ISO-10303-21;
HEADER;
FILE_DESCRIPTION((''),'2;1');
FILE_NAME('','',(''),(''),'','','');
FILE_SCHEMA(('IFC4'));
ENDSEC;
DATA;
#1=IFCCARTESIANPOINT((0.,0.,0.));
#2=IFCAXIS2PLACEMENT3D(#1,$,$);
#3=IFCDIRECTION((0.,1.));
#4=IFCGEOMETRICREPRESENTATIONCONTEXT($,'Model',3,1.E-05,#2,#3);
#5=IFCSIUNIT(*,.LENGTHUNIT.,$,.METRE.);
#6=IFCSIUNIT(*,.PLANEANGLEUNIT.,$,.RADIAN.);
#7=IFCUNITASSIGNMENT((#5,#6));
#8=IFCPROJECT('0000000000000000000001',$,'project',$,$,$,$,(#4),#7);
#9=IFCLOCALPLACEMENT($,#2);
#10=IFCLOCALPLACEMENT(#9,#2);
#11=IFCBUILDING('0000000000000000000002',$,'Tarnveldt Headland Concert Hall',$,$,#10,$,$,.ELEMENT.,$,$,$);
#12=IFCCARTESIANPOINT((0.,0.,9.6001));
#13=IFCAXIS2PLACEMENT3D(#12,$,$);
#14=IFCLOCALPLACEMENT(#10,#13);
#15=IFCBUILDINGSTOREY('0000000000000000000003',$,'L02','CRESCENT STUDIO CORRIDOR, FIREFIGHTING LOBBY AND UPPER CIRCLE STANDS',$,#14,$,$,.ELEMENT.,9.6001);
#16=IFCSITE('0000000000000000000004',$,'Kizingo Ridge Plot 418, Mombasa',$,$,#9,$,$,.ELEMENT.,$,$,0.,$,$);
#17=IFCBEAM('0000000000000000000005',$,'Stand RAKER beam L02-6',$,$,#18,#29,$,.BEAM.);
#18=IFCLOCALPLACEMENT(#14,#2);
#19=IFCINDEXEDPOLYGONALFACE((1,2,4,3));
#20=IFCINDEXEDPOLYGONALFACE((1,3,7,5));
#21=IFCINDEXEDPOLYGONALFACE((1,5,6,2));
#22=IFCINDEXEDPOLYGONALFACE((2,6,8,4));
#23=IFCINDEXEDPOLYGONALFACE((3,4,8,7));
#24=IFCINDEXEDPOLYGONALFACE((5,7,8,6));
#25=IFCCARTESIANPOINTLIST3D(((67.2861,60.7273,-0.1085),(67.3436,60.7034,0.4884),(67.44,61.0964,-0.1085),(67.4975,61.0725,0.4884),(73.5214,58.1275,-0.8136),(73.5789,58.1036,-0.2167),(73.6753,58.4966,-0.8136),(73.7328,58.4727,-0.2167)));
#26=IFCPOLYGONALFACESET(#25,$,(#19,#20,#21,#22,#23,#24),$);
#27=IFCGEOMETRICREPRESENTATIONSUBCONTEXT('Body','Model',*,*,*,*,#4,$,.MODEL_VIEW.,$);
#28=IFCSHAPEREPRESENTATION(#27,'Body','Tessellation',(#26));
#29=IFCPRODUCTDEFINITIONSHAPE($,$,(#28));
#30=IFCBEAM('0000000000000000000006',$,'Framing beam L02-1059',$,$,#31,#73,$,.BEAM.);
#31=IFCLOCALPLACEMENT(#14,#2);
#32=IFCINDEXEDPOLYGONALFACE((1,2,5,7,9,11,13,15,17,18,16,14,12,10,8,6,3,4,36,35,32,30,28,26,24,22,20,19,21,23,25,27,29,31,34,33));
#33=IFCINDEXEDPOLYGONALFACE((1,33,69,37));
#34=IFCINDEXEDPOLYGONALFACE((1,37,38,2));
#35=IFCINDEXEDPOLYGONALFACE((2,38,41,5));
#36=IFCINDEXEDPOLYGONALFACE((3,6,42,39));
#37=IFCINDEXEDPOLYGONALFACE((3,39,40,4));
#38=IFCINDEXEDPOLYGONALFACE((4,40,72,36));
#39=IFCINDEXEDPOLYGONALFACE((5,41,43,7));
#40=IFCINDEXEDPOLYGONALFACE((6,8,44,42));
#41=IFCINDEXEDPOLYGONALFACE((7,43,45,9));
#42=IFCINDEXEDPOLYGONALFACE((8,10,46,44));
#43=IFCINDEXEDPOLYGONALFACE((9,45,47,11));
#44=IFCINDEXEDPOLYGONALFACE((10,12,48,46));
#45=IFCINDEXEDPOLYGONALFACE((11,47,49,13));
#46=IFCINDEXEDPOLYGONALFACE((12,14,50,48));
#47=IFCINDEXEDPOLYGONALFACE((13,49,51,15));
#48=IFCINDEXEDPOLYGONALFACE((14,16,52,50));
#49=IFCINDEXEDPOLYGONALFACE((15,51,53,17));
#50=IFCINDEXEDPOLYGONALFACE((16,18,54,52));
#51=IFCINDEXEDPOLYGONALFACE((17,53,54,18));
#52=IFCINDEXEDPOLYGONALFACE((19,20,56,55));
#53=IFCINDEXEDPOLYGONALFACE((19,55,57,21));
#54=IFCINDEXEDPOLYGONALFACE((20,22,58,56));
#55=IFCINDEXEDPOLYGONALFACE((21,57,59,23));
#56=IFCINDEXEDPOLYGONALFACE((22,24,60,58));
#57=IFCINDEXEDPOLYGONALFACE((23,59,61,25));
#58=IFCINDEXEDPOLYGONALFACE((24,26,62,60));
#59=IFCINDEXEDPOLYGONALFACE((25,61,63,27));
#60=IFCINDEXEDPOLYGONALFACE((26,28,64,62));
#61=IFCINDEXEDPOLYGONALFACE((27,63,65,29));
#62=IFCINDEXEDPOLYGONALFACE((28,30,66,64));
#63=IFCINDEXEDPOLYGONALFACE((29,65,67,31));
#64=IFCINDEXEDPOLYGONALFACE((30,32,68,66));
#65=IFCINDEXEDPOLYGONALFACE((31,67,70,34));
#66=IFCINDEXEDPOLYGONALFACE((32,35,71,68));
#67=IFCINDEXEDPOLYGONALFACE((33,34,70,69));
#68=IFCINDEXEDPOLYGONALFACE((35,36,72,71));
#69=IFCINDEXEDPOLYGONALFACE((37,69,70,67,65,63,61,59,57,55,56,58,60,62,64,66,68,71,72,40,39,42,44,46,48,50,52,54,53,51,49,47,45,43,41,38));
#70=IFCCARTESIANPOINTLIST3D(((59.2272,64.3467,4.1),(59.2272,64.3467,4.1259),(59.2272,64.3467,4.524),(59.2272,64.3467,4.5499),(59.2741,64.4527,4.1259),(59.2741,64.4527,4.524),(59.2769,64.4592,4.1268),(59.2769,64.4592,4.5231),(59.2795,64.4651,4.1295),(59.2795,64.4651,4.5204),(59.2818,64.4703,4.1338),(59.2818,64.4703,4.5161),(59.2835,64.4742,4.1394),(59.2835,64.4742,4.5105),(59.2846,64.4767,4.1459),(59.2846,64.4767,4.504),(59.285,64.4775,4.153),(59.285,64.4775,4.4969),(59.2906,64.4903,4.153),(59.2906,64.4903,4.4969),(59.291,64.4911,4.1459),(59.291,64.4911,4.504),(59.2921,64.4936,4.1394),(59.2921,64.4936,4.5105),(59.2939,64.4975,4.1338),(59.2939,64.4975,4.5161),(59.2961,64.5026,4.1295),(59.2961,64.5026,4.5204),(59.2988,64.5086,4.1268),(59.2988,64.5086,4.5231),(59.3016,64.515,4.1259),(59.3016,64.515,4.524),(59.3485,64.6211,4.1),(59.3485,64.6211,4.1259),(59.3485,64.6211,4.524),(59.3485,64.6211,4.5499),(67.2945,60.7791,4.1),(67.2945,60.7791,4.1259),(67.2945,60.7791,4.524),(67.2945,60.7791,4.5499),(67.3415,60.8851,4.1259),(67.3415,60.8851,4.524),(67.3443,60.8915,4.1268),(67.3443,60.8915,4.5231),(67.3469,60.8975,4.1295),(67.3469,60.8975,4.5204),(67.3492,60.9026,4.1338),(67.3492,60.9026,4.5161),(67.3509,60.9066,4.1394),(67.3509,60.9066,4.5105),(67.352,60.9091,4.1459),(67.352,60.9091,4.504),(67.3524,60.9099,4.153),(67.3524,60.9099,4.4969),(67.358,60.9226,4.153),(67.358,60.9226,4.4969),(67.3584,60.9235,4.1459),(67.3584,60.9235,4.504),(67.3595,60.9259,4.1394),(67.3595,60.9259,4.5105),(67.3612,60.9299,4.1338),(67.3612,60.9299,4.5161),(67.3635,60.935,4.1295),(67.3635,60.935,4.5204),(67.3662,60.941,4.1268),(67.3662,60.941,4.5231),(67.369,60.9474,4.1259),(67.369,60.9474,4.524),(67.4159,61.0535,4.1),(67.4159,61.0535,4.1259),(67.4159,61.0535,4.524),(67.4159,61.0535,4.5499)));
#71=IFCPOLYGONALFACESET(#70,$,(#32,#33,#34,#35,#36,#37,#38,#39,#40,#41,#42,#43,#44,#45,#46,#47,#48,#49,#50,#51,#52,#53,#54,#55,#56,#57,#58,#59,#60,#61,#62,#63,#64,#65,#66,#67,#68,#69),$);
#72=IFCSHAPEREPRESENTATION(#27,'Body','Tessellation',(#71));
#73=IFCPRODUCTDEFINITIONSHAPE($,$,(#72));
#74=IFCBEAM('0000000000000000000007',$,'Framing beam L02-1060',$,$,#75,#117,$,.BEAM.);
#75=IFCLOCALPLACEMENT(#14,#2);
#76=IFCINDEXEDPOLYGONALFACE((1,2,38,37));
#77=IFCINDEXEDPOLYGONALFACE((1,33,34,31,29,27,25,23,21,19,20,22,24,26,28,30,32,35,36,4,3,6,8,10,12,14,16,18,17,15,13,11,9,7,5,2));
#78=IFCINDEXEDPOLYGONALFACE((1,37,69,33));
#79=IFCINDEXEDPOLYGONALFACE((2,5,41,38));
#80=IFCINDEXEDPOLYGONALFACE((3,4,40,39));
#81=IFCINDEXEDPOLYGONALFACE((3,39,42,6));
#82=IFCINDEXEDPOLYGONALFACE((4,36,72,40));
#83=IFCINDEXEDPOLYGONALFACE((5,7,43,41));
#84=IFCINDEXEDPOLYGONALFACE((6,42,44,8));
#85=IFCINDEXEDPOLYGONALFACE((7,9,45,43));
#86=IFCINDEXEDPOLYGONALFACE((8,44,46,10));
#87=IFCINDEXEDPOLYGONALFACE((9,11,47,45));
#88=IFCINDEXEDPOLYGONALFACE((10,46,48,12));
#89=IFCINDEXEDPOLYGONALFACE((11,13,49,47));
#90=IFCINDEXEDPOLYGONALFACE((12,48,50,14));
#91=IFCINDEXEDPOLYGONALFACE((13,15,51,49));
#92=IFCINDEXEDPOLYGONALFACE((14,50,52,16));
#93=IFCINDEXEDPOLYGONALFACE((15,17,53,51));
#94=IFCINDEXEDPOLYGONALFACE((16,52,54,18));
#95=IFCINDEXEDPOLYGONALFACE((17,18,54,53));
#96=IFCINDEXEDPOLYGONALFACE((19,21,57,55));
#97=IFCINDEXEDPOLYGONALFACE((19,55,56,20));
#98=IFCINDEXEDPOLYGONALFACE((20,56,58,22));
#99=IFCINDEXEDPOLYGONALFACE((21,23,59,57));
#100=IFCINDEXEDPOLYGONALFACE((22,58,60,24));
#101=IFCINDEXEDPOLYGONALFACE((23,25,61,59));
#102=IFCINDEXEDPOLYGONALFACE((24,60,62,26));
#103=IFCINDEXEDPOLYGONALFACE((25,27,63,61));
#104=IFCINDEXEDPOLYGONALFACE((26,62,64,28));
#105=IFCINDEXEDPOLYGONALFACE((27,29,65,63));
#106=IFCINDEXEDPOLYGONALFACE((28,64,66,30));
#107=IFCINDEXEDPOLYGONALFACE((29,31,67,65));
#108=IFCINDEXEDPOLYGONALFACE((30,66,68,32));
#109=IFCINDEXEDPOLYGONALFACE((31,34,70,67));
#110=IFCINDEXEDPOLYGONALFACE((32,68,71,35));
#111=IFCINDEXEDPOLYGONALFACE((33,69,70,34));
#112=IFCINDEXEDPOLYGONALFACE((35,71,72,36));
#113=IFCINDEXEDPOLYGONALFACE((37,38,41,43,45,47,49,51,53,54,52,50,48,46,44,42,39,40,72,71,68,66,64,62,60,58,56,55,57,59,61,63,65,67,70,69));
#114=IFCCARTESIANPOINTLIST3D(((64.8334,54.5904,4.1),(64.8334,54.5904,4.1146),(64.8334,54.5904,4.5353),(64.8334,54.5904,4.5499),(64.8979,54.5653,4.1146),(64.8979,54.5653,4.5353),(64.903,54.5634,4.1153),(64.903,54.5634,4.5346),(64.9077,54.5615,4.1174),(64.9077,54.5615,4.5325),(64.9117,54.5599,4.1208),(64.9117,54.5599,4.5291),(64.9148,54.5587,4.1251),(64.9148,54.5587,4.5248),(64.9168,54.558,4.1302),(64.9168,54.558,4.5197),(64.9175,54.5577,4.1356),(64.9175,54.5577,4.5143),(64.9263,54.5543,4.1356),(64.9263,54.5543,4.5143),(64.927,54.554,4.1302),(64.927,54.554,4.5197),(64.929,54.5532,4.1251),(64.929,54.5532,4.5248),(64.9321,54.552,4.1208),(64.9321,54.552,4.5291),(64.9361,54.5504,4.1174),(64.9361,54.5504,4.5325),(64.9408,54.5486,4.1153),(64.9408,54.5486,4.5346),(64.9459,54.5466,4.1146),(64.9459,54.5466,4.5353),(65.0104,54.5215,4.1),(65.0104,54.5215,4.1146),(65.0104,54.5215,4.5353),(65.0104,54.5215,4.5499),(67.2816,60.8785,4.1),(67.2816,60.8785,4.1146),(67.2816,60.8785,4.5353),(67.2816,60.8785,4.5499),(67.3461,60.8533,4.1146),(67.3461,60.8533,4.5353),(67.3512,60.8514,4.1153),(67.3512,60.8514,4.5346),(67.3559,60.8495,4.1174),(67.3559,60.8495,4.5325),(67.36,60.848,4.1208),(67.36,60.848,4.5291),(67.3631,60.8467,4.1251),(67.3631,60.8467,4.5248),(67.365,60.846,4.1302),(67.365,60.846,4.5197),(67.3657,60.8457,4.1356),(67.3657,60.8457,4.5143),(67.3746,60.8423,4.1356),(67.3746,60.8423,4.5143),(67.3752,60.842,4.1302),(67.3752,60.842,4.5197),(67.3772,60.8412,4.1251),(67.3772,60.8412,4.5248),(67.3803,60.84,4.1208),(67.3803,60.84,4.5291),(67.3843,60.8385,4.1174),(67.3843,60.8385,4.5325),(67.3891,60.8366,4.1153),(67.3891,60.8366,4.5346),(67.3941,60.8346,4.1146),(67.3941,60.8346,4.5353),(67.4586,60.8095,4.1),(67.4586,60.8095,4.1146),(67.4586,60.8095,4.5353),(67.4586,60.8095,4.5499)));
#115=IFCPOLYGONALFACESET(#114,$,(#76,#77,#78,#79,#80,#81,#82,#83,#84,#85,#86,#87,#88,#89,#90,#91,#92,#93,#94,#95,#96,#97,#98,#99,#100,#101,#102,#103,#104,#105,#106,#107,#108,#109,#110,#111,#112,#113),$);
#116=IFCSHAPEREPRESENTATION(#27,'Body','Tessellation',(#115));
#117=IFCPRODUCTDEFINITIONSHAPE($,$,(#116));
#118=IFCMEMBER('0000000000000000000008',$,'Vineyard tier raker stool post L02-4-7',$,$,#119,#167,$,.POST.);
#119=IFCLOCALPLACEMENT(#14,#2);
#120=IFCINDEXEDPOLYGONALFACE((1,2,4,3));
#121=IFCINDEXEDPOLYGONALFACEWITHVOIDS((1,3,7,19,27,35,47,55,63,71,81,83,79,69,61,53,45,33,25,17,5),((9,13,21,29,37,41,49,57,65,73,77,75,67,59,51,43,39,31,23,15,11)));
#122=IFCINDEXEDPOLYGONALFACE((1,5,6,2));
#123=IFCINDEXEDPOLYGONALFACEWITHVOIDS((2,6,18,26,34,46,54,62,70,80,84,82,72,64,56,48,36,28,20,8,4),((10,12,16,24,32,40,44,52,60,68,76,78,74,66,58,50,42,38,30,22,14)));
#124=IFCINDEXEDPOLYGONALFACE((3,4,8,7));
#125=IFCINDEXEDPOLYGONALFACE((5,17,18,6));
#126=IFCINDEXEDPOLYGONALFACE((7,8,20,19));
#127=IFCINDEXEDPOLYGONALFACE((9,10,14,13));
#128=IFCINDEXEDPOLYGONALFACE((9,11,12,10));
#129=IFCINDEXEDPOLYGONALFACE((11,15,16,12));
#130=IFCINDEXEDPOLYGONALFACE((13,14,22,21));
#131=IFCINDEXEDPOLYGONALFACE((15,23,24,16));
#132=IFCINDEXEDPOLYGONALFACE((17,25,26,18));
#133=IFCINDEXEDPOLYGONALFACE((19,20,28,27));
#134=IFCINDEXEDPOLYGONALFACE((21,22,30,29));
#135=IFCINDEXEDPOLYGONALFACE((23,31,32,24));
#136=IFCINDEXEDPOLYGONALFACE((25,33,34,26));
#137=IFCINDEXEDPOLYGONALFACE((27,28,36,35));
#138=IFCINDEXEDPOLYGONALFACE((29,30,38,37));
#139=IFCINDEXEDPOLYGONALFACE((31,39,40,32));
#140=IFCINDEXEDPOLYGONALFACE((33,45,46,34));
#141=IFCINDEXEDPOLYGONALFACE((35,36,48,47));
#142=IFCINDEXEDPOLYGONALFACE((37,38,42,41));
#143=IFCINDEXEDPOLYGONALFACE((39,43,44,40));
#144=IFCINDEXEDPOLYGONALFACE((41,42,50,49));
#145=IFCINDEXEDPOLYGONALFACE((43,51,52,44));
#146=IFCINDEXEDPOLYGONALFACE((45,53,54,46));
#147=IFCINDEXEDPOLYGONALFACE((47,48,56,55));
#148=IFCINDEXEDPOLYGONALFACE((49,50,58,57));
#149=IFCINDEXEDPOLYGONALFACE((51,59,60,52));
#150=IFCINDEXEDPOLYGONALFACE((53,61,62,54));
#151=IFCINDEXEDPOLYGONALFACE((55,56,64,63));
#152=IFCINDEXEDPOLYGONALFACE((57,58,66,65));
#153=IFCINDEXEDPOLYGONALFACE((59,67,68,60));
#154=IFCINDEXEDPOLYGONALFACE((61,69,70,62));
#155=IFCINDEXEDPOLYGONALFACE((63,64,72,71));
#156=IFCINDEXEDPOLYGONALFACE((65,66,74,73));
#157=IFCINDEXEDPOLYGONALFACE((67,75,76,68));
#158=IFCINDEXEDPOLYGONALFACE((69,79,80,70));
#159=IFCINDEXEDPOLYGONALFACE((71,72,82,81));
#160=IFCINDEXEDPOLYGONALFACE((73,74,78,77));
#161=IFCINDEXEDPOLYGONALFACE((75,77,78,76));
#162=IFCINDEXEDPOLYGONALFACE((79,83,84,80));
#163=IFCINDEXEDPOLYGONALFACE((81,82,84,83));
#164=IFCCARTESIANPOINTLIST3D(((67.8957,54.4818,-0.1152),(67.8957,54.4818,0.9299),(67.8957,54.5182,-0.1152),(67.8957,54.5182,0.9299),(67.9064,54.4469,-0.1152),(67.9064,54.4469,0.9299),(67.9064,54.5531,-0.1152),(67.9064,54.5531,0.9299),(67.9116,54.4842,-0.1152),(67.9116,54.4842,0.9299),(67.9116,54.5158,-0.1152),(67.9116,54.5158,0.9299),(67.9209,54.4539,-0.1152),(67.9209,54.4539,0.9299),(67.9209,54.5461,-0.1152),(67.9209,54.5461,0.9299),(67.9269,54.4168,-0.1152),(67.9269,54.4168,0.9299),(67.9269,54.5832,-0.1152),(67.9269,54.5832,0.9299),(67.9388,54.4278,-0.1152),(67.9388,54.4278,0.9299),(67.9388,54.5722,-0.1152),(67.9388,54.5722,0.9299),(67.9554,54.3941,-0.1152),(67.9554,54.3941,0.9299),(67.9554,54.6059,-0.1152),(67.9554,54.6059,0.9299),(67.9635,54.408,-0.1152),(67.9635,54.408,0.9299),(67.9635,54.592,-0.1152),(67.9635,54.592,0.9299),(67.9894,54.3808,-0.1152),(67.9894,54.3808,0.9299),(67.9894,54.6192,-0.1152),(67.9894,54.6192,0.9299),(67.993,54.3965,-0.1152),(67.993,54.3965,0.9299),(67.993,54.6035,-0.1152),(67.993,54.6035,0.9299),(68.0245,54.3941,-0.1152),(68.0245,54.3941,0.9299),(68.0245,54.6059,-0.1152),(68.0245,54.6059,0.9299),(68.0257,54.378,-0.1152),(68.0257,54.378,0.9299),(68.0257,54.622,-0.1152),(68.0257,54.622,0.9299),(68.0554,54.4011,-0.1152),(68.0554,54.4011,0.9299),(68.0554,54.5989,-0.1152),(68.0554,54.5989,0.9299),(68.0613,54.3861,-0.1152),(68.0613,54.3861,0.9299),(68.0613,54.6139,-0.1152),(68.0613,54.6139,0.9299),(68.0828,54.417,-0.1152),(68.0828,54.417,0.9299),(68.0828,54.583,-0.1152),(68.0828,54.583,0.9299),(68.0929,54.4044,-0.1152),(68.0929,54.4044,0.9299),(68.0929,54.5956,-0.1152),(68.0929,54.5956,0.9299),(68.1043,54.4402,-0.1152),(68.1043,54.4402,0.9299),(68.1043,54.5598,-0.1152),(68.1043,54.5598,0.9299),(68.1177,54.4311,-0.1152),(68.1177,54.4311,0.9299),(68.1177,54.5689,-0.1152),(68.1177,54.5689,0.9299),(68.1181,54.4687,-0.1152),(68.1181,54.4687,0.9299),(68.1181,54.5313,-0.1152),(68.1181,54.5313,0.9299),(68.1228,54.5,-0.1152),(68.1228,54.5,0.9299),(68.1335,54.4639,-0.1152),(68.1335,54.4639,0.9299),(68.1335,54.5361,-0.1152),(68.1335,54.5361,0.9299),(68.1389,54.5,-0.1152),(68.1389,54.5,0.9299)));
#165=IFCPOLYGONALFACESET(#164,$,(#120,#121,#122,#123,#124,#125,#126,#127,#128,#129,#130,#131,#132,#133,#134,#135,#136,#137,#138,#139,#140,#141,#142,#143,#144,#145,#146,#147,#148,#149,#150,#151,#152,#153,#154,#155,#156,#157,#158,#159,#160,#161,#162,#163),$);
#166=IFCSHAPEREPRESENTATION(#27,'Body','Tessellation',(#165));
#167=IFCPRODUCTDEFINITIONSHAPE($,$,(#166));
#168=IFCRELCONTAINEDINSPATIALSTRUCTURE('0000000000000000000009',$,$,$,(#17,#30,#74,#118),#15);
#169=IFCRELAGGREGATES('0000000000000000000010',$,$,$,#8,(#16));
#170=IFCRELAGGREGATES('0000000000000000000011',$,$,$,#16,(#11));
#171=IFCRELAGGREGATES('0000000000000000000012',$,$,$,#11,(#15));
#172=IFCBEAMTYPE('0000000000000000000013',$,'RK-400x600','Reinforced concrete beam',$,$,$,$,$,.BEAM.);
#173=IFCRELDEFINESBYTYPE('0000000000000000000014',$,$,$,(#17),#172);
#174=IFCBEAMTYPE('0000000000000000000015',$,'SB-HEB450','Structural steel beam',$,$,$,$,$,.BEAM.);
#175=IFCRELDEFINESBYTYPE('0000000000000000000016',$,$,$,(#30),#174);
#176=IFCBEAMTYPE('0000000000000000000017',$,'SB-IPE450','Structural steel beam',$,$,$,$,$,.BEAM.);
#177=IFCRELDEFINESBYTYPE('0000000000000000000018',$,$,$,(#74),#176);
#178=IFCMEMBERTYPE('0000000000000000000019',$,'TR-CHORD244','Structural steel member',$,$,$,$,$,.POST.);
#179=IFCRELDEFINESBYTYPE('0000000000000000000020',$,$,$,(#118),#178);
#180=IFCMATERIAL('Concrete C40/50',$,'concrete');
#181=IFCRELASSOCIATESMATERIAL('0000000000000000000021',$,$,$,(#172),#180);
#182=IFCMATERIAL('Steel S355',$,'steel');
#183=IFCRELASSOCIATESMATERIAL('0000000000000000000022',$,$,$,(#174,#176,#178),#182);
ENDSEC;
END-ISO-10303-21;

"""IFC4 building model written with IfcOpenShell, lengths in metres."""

from ifc_helpers import new_model, si_unit, direction, frame, origin, origin_2d, place, context, subcontext, project, spatial, rectangle, hollow_circle, i_section, extrude, material, material_profile, profile_set, type_object, element, save


model = new_model("IFC4")

# Units and contexts
model_context = context("Model", 3, precision=1e-05, world=origin(), true_north=direction((0.0, 1.0)))
body_context = subcontext(model_context, "Body", "Model", "MODEL_VIEW")
ifc_project = project(units=[si_unit("LENGTHUNIT", "METRE"), si_unit("PLANEANGLEUNIT", "RADIAN")], contexts=[model_context])

# Site, building, storey
site_placement = place(None, origin())
site = spatial("IfcSite", under=ifc_project, at=site_placement, Name="Kizingo Ridge Plot 418, Mombasa", CompositionType="ELEMENT", RefElevation=0.0)
building_placement = place(site_placement, origin())
building = spatial("IfcBuilding", under=site, at=building_placement, Name="Tarnveldt Headland Concert Hall", CompositionType="ELEMENT")
storey_placement = place(building_placement, frame((0.0, 0.0, 9.6001)))
storey = spatial("IfcBuildingStorey", under=building, at=storey_placement, Name="L02", Description="CRESCENT STUDIO CORRIDOR, FIREFIGHTING LOBBY AND UPPER CIRCLE STANDS", CompositionType="ELEMENT", Elevation=9.6001)

# Shared definitions
ifc_material_1 = material(Name="Concrete C40/50", Category="concrete")

# Beams
ifc_material_profile_1 = material_profile(ifc_material_1, rectangle(XDim=0.3999, YDim=0.6001, at=origin_2d()), Name="RAKER RC 400x600", Category="concrete")
ifc_profile_set_1 = profile_set([ifc_material_profile_1], Name="Concrete C40/50")
beam_type_1 = type_object("IfcBeamType", Name="RK-400x600", Description="Reinforced concrete beam", PredefinedType="BEAM", material=ifc_profile_set_1)
beam_1_placement = place(storey_placement, frame((67.3918, 60.8999, 0.1899), z_axis=(0.917997, -0.382762, -0.103805), x_axis=(0.384841, 0.922983, 0.0)))
element("IfcBeam", 1, at=beam_1_placement, inside=storey, type_object=beam_type_1, Name="Stand RAKER beam L02-6", PredefinedType="BEAM", context=body_context, shape_type="SweptSolid", body=[
    extrude(rectangle(XDim=0.3999, YDim=0.6001, at=origin_2d()), origin(), (0.0, 0.0, 1.0), 6.7922),
])
ifc_material_2 = material(Name="Steel S355", Category="steel")
ifc_material_profile_2 = material_profile(ifc_material_2, i_section(OverallWidth=0.3, OverallDepth=0.45, WebThickness=0.0139, FlangeThickness=0.0259, FilletRadius=0.0271, at=origin_2d()), Name="HEB450", Category="steel")
ifc_profile_set_2 = profile_set([ifc_material_profile_2], Name="Steel S355")
beam_type_2 = type_object("IfcBeamType", Name="SB-HEB450", Description="Structural steel beam", PredefinedType="BEAM", material=ifc_profile_set_2)
beam_2_placement = place(storey_placement, frame((67.3552, 60.9163, 4.325), z_axis=(-0.914562, 0.404445, 0.0), x_axis=(-0.404445, -0.914562, 0.0)))
element("IfcBeam", 2, at=beam_2_placement, inside=storey, type_object=beam_type_2, Name="Framing beam L02-1059", PredefinedType="BEAM", context=body_context, shape_type="SweptSolid", body=[
    extrude(i_section(OverallWidth=0.3, OverallDepth=0.45, WebThickness=0.0139, FlangeThickness=0.0259, FilletRadius=0.0271, at=origin_2d()), origin(), (0.0, 0.0, 1.0), 8.821),
])
ifc_material_profile_3 = material_profile(ifc_material_2, i_section(OverallWidth=0.1899, OverallDepth=0.45, WebThickness=0.0095, FlangeThickness=0.0146, FilletRadius=0.021, at=origin_2d()), Name="IPE450", Category="steel")
ifc_profile_set_3 = profile_set([ifc_material_profile_3], Name="Steel S355")
beam_type_3 = type_object("IfcBeamType", Name="SB-IPE450", Description="Structural steel beam", PredefinedType="BEAM", material=ifc_profile_set_3)
beam_3_placement = place(storey_placement, frame((67.3701, 60.844, 4.325), z_axis=(-0.362816, -0.931861, 0.0), x_axis=(0.931861, -0.362816, 0.0)))
element("IfcBeam", 3, at=beam_3_placement, inside=storey, type_object=beam_type_3, Name="Framing beam L02-1060", PredefinedType="BEAM", context=body_context, shape_type="SweptSolid", body=[
    extrude(i_section(OverallWidth=0.1899, OverallDepth=0.45, WebThickness=0.0095, FlangeThickness=0.0146, FilletRadius=0.021, at=origin_2d()), origin(), (0.0, 0.0, 1.0), 6.7478),
])

# Member
ifc_material_profile_4 = material_profile(ifc_material_2, hollow_circle(Radius=0.1223, WallThickness=0.0161, at=origin_2d()), Name="CHS 244.5x16", Category="steel")
ifc_profile_set_4 = profile_set([ifc_material_profile_4], Name="Steel S355")
member_type = type_object("IfcMemberType", Name="TR-CHORD244", Description="Structural steel member", PredefinedType="POST", material=ifc_profile_set_4)
member_1_placement = place(storey_placement, frame((68.0166, 54.5, -0.1152), z_axis=(0.0, 0.0, 1.0), x_axis=(1.0, 0.0, 0.0)))
element("IfcMember", 4, at=member_1_placement, inside=storey, type_object=member_type, Name="Vineyard tier raker stool post L02-4-7", PredefinedType="POST", context=body_context, shape_type="SweptSolid", body=[
    extrude(hollow_circle(Radius=0.1223, WallThickness=0.0161, at=origin_2d()), origin(), (0.0, 0.0, 1.0), 1.0452),
])

save(model, "model.ifc")
